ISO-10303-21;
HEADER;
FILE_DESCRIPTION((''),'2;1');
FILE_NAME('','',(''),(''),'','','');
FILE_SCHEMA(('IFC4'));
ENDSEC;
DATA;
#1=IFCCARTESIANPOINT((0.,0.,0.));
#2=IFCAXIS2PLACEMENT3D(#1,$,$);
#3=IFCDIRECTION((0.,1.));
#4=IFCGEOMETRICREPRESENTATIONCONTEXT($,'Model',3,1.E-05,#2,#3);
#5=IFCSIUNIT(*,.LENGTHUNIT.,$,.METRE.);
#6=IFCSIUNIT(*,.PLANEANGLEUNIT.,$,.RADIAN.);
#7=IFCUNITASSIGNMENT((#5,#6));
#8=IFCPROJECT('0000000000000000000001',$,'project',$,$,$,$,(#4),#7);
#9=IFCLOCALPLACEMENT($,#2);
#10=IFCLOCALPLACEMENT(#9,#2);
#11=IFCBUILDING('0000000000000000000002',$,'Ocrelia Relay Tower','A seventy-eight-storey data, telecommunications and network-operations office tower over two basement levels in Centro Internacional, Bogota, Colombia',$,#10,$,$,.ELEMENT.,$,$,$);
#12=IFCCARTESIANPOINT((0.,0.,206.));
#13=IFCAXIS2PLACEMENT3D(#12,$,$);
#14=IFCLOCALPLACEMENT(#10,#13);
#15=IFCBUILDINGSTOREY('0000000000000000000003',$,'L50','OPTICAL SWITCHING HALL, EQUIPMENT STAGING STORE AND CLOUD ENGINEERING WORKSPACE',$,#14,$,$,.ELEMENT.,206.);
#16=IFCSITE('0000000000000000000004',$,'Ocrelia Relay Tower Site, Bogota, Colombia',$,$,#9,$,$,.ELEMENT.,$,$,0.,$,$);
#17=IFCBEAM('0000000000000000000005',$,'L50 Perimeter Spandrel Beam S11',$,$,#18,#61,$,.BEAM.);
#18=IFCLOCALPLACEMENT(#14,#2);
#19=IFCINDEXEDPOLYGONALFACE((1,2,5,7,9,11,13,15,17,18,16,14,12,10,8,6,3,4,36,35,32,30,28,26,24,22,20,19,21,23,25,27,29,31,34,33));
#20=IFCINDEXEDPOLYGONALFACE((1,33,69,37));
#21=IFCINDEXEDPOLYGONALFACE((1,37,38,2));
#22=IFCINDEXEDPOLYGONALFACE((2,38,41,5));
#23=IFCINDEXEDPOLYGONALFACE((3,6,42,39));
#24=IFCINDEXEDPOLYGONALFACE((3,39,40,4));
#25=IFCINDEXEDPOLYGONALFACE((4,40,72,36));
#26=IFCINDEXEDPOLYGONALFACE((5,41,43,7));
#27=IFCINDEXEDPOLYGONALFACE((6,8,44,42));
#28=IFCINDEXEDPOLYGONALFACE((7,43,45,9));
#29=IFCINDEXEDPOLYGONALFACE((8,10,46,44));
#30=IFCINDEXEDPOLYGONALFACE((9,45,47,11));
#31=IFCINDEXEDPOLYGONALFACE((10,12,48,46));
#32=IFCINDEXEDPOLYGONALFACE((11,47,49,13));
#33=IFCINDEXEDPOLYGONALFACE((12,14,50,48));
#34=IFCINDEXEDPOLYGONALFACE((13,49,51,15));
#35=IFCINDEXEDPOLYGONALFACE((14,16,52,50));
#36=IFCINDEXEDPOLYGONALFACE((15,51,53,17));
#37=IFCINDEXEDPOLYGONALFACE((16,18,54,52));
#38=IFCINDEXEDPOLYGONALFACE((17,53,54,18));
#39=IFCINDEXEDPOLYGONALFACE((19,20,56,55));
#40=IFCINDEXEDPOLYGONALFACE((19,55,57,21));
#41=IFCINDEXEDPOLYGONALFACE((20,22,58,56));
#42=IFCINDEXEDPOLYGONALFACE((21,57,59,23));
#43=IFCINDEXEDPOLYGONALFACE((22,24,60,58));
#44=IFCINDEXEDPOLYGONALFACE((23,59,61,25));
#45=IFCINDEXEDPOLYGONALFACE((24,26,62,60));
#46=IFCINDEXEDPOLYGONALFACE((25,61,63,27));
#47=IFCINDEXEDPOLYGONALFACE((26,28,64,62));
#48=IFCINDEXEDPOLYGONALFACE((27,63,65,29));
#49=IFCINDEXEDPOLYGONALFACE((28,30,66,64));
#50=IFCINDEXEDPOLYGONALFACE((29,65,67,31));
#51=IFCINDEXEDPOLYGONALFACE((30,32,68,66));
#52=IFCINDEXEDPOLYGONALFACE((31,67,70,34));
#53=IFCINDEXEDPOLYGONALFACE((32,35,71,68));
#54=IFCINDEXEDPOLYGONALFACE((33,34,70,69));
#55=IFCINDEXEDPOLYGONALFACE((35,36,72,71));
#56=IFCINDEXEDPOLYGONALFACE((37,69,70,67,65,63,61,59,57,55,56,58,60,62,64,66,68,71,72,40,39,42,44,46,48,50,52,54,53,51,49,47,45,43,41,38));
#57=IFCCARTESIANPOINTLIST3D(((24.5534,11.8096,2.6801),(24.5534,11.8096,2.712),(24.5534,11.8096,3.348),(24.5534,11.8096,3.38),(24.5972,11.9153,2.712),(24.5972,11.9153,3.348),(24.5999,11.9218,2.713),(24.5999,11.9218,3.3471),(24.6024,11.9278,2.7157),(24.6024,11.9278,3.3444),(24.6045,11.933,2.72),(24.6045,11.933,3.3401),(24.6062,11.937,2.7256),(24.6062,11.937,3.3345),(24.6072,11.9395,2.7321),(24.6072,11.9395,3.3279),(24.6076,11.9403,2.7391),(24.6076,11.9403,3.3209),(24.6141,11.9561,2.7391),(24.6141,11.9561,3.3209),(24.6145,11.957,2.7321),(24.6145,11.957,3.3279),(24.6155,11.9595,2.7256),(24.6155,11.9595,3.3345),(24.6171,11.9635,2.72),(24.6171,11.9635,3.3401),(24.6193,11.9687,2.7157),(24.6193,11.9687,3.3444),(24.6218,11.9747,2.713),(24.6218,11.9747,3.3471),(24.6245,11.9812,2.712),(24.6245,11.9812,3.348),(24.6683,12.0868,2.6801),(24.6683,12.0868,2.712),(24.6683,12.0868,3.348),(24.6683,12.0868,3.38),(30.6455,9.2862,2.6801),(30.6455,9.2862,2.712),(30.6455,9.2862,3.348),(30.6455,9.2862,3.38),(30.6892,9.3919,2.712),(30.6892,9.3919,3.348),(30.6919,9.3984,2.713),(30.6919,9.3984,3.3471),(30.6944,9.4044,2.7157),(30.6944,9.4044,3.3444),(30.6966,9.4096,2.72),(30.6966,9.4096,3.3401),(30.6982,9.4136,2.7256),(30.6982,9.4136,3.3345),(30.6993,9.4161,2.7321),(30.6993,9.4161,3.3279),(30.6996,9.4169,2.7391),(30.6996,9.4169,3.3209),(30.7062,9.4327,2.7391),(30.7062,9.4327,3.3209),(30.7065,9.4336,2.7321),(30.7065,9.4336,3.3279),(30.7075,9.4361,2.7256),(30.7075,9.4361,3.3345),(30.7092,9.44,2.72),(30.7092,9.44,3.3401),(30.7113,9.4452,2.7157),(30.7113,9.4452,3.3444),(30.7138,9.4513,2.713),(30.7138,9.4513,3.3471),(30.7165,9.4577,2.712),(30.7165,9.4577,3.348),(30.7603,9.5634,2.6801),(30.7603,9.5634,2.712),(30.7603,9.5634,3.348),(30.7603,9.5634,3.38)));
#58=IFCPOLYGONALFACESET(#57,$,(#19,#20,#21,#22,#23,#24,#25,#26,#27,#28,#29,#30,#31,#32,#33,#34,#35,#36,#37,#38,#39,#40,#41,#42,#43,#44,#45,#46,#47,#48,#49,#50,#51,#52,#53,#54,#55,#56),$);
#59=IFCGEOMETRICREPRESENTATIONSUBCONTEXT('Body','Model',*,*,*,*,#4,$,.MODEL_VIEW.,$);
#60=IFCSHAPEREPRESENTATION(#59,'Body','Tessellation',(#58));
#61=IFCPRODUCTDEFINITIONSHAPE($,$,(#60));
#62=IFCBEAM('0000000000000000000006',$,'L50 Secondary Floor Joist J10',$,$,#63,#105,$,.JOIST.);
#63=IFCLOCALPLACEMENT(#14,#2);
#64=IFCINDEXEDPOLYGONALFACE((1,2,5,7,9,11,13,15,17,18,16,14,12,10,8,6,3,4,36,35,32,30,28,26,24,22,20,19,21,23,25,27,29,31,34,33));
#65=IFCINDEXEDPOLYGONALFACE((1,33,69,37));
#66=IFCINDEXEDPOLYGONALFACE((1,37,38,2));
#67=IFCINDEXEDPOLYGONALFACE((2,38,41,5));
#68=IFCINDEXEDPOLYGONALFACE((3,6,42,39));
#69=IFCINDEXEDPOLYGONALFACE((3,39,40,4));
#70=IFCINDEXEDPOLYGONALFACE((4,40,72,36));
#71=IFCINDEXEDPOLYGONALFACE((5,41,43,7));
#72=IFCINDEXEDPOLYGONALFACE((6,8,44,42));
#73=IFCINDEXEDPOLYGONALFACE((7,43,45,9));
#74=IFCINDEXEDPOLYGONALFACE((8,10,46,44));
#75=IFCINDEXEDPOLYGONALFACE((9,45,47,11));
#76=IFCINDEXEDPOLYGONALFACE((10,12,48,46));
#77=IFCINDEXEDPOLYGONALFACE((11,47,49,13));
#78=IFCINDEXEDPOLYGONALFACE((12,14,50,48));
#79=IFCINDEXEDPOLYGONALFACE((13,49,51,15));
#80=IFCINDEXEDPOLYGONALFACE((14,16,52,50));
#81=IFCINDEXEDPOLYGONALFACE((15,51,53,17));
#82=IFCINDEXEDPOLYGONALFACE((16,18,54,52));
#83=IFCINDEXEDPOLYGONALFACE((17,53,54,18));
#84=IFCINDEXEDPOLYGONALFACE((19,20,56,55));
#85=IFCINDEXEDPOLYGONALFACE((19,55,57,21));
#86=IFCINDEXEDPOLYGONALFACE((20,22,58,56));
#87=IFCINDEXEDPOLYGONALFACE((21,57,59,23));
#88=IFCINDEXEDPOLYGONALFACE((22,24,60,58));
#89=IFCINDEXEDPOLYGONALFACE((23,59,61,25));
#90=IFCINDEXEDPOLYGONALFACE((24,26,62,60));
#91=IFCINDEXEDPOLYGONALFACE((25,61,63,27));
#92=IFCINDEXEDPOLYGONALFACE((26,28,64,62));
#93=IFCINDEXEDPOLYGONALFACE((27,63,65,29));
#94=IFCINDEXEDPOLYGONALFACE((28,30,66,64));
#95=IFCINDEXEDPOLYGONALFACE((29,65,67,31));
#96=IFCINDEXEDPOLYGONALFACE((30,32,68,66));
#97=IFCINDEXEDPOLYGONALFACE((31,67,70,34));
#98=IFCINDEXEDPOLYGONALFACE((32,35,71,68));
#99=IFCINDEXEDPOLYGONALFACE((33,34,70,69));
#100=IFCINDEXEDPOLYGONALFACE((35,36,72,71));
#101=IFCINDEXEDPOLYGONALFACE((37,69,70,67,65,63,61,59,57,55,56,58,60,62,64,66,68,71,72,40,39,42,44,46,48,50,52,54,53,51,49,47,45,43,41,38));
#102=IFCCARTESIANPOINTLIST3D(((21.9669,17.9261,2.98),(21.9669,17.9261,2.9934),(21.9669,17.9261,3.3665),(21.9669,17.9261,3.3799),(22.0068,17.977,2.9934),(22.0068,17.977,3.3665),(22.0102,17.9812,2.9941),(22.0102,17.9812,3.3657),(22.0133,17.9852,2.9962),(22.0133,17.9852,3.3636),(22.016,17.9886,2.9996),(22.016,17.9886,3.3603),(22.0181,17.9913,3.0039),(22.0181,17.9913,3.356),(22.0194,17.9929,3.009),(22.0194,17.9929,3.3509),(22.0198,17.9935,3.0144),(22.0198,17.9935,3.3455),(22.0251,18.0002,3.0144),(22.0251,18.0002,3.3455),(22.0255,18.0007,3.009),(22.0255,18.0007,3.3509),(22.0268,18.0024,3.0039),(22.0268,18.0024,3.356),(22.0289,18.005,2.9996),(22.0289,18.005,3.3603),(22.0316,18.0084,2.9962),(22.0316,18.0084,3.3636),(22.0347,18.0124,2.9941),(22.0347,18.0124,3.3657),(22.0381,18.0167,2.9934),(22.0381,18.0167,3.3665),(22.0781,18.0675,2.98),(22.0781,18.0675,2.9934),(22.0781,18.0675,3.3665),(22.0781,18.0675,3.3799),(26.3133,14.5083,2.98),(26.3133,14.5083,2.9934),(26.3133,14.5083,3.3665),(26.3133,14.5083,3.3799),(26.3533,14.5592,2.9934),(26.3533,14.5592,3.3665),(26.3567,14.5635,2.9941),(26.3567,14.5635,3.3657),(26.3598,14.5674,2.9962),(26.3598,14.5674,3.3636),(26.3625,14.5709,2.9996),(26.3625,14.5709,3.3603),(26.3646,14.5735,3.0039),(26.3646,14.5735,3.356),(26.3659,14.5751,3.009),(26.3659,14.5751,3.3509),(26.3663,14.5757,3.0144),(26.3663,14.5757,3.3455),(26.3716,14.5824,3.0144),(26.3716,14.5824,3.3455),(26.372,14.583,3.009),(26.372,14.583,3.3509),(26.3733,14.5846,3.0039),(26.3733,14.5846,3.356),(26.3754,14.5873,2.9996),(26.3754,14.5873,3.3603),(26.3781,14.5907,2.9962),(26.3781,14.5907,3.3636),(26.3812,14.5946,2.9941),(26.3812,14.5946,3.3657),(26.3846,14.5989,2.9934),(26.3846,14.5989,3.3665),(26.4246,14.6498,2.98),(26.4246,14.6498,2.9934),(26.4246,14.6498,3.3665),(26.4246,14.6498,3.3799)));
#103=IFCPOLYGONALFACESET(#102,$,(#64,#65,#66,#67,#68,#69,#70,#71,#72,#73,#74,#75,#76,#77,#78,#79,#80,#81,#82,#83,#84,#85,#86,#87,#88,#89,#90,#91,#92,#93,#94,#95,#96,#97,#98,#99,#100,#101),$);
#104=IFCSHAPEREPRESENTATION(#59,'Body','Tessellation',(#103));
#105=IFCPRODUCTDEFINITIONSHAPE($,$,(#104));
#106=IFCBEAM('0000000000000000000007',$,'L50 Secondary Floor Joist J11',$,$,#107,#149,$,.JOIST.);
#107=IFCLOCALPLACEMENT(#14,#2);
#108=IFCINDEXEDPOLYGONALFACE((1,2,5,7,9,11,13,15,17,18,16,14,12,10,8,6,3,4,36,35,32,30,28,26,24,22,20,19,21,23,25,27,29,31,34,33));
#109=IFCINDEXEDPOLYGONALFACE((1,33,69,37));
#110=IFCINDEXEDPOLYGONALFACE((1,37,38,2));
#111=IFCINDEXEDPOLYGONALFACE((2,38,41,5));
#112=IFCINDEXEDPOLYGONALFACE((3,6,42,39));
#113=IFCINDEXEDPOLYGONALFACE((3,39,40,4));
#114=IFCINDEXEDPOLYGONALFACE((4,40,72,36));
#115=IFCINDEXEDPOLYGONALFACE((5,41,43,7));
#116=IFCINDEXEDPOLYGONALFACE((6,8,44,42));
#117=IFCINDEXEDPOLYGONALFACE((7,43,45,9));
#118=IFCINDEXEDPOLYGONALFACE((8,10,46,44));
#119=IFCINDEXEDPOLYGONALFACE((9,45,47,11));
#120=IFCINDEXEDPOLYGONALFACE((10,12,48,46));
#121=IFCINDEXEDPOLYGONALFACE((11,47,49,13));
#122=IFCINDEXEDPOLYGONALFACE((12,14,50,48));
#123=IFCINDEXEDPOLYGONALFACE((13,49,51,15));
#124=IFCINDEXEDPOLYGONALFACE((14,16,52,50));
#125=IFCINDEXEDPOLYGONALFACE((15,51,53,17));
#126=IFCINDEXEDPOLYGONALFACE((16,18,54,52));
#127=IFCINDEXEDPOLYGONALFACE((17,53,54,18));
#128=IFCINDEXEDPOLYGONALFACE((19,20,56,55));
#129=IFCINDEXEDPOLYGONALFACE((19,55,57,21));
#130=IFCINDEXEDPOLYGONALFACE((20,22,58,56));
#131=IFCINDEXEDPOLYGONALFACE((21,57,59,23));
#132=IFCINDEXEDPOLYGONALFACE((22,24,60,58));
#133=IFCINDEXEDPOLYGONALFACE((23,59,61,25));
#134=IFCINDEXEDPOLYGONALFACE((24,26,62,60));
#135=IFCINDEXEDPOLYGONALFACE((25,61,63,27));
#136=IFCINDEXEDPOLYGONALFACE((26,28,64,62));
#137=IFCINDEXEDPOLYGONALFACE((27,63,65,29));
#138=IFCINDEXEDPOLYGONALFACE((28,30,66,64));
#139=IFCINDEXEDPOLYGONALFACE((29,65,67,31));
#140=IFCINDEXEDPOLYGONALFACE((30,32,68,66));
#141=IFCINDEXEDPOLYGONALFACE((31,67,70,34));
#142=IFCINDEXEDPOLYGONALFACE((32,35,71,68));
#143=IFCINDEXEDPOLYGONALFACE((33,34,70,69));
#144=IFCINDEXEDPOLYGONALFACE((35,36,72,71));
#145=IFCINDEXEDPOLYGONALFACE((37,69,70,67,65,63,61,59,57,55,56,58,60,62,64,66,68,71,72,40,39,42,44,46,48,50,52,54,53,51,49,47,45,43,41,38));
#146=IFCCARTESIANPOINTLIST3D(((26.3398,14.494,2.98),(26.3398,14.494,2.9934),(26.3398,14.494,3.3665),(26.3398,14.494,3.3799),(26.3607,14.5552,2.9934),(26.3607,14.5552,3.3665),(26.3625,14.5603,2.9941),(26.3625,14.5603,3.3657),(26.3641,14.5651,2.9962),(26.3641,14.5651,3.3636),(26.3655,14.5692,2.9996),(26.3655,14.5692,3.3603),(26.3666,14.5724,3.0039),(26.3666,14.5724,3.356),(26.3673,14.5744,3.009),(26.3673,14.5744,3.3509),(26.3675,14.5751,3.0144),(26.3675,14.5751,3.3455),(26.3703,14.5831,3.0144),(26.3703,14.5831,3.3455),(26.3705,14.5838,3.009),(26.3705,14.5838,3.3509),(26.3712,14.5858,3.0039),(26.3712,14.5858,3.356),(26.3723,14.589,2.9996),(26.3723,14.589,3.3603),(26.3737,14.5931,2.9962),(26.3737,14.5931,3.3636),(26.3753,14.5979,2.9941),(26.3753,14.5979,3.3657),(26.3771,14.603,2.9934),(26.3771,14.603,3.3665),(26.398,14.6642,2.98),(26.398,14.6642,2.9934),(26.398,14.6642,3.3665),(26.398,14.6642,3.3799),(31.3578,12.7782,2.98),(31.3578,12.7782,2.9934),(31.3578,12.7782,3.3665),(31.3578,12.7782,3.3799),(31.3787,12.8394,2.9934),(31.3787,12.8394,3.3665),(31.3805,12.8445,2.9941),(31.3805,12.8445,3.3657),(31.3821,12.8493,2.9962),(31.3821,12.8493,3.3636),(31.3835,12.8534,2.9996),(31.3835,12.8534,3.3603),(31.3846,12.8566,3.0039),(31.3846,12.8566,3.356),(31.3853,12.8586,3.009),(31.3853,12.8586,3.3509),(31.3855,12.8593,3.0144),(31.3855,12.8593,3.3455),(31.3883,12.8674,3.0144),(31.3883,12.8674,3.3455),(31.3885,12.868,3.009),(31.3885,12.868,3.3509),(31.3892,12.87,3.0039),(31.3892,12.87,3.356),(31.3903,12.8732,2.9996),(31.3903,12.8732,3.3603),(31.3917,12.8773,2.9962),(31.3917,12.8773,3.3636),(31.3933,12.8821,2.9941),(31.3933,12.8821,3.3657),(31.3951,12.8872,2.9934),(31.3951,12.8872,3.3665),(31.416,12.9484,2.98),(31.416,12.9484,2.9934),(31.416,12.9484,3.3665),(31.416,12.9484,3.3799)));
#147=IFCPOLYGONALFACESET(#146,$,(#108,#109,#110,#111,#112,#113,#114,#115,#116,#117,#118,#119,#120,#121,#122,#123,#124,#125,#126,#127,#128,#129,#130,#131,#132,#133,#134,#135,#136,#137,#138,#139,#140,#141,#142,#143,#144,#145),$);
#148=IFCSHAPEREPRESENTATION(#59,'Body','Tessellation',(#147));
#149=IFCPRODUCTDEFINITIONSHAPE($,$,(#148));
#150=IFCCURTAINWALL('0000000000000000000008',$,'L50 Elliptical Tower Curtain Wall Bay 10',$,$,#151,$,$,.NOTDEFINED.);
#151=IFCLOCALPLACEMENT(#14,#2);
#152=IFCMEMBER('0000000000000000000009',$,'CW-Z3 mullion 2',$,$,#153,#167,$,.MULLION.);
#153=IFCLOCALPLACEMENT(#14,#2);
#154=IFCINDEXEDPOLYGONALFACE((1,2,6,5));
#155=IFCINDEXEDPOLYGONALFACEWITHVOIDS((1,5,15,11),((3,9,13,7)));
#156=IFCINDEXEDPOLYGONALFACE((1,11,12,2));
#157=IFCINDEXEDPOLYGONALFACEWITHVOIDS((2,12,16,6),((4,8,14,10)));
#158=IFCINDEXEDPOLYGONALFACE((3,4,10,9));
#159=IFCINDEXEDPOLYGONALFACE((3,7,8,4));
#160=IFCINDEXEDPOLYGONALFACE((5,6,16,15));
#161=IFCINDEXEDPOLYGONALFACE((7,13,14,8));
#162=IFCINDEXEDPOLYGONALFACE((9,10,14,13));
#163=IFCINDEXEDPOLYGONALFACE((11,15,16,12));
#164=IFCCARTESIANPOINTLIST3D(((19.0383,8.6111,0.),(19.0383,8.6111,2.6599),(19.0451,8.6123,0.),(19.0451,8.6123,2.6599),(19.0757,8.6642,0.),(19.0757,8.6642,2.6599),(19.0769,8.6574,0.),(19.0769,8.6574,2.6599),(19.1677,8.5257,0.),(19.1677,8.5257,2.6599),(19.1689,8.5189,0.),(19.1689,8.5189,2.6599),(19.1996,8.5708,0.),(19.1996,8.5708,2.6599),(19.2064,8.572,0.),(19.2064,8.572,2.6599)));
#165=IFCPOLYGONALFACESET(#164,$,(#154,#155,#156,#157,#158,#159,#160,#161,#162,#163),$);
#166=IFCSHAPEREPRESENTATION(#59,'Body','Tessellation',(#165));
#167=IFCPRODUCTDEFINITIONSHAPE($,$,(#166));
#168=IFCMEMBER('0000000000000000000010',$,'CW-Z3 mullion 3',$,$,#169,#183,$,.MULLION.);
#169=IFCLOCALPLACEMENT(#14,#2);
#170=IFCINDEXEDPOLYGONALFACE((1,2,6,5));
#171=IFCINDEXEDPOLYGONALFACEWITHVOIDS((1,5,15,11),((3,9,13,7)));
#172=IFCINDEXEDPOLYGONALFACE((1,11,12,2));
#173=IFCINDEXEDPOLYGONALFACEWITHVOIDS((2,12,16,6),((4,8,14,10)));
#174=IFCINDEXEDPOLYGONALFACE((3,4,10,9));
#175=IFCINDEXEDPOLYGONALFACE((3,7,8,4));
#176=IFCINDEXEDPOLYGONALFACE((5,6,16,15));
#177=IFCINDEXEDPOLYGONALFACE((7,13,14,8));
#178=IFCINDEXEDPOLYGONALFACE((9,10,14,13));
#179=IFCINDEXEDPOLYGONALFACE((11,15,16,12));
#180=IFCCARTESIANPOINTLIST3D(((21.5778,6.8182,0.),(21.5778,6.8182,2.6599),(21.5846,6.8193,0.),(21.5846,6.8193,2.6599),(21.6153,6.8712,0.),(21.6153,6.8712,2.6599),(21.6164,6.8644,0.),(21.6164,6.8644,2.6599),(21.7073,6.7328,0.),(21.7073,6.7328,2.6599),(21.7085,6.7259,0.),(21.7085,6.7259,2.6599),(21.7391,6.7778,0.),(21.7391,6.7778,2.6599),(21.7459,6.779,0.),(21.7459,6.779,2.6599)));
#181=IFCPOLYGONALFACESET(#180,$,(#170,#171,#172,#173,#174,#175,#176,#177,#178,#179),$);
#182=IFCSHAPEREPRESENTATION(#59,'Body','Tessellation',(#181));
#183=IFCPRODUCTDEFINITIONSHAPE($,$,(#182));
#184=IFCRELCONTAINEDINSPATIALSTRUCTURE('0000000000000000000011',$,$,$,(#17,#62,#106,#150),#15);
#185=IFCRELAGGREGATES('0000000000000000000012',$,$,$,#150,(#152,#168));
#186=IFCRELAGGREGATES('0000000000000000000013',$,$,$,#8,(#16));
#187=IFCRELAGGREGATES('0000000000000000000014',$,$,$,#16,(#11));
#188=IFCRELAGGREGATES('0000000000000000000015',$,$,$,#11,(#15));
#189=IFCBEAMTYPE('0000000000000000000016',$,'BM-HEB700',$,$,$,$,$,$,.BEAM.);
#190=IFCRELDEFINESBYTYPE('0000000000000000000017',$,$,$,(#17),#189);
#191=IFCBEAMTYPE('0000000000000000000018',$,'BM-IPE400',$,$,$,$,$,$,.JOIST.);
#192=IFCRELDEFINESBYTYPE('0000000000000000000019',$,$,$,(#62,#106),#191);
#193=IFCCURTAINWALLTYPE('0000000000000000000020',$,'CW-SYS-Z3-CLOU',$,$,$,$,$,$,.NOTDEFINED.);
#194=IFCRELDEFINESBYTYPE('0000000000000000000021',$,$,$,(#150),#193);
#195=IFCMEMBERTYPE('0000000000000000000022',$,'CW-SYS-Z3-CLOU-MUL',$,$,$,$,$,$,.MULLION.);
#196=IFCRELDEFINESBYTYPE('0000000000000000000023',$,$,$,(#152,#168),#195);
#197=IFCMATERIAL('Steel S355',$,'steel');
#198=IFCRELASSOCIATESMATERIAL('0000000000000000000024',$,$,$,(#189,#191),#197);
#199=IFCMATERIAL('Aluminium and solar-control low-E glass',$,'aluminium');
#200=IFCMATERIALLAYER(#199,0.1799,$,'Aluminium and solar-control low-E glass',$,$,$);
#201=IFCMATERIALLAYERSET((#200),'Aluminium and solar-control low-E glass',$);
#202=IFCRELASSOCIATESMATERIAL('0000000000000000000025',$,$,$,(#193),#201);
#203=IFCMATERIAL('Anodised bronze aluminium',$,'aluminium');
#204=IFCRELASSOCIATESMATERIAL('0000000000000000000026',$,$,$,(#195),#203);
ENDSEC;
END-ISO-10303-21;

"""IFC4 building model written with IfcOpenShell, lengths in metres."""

from ifc_helpers import new_model, si_unit, direction, frame, origin, origin_2d, place, context, subcontext, project, spatial, hollow_rectangle, i_section, extrude, material, layer, layer_set, material_profile, profile_set, type_object, element, aggregate, save


model = new_model("IFC4")

# Units and contexts
model_context = context("Model", 3, precision=1e-05, world=origin(), true_north=direction((0.0, 1.0)))
body_context = subcontext(model_context, "Body", "Model", "MODEL_VIEW")
ifc_project = project(units=[si_unit("LENGTHUNIT", "METRE"), si_unit("PLANEANGLEUNIT", "RADIAN")], contexts=[model_context])

# Site, building, storey
site_placement = place(None, origin())
site = spatial("IfcSite", under=ifc_project, at=site_placement, Name="Ocrelia Relay Tower Site, Bogota, Colombia", CompositionType="ELEMENT", RefElevation=0.0)
building_placement = place(site_placement, origin())
building = spatial("IfcBuilding", under=site, at=building_placement, Name="Ocrelia Relay Tower", Description="A seventy-eight-storey data, telecommunications and network-operations office tower over two basement levels in Centro Internacional, Bogota, Colombia", CompositionType="ELEMENT")
storey_placement = place(building_placement, frame((0.0, 0.0, 206.0)))
storey = spatial("IfcBuildingStorey", under=building, at=storey_placement, Name="L50", Description="OPTICAL SWITCHING HALL, EQUIPMENT STAGING STORE AND CLOUD ENGINEERING WORKSPACE", CompositionType="ELEMENT", Elevation=206.0)

# Beams
ifc_material_1 = material(Name="Steel S355", Category="steel")
ifc_material_profile_1 = material_profile(ifc_material_1, i_section(OverallWidth=0.3, OverallDepth=0.7, WebThickness=0.0171, FlangeThickness=0.032, FilletRadius=0.0271, at=origin_2d()), Name="HEB 700")
ifc_profile_set_1 = profile_set([ifc_material_profile_1], Name="Steel S355")
beam_type_1 = type_object("IfcBeamType", Name="BM-HEB700", PredefinedType="BEAM", material=ifc_profile_set_1)
for number, where, z_axis, x_axis, name in (
    (1, (24.6108, 11.9482, 3.03), (0.923878, -0.382688, 0.0), (0.382688, 0.923878, 0.0), "L50 Perimeter Spandrel Beam S11"),
):
    element("IfcBeam", number, at=place(storey_placement, frame(where, z_axis=z_axis, x_axis=x_axis)), inside=storey, type_object=beam_type_1, Name=name, PredefinedType="BEAM", context=body_context, shape_type="SweptSolid", body=[
        extrude(i_section(OverallWidth=0.3, OverallDepth=0.7, WebThickness=0.0171, FlangeThickness=0.032, FilletRadius=0.0271, at=origin_2d()), origin(), (0.0, 0.0, 1.0), 6.594),
    ])
ifc_material_profile_2 = material_profile(ifc_material_1, i_section(OverallWidth=0.1799, OverallDepth=0.3999, WebThickness=0.0085, FlangeThickness=0.0134, FilletRadius=0.021, at=origin_2d()), Name="IPE 400")
ifc_profile_set_2 = profile_set([ifc_material_profile_2], Name="Steel S355")
beam_type_2 = type_object("IfcBeamType", Name="BM-IPE400", PredefinedType="JOIST", material=ifc_profile_set_2)
beam_1_placement = place(storey_placement, frame((22.0225, 17.9968, 3.1799), z_axis=(0.786084, -0.61812, 0.0), x_axis=(0.61812, 0.786084, 0.0)))
element("IfcBeam", 2, at=beam_1_placement, inside=storey, type_object=beam_type_2, Name="L50 Secondary Floor Joist J10", PredefinedType="JOIST", context=body_context, shape_type="SweptSolid", body=[
    extrude(i_section(OverallWidth=0.1799, OverallDepth=0.3999, WebThickness=0.0085, FlangeThickness=0.0134, FilletRadius=0.021, at=origin_2d()), origin(), (0.0, 0.0, 1.0), 5.5293),
])
beam_2_placement = place(storey_placement, frame((26.3689, 14.5791, 3.1799), z_axis=(0.946215, -0.323538, 0.0), x_axis=(0.323538, 0.946215, 0.0)))
element("IfcBeam", 3, at=beam_2_placement, inside=storey, type_object=beam_type_2, Name="L50 Secondary Floor Joist J11", PredefinedType="JOIST", context=body_context, shape_type="SweptSolid", body=[
    extrude(i_section(OverallWidth=0.1799, OverallDepth=0.3999, WebThickness=0.0085, FlangeThickness=0.0134, FilletRadius=0.021, at=origin_2d()), origin(), (0.0, 0.0, 1.0), 5.3032),
])

# Curtain wall, members
ifc_material_2 = material(Name="Aluminium and solar-control low-E glass", Category="aluminium")
ifc_layer_1 = layer(ifc_material_2, 0.1799, Name="Aluminium and solar-control low-E glass")
ifc_layer_set_1 = layer_set([ifc_layer_1], Name="Aluminium and solar-control low-E glass")
curtain_wall_type = type_object("IfcCurtainWallType", Name="CW-SYS-Z3-CLOU", PredefinedType="NOTDEFINED", material=ifc_layer_set_1)
curtain_wall_placement = place(storey_placement, origin())
curtain_wall = element("IfcCurtainWall", 4, at=curtain_wall_placement, inside=storey, type_object=curtain_wall_type, Name="L50 Elliptical Tower Curtain Wall Bay 10", PredefinedType="NOTDEFINED")
ifc_material_3 = material(Name="Anodised bronze aluminium", Category="aluminium")
ifc_material_profile_3 = material_profile(ifc_material_3, hollow_rectangle(XDim=0.0649, YDim=0.1599, WallThickness=0.0049, at=origin_2d()), Name="CW-MUL-160x65")
ifc_profile_set_3 = profile_set([ifc_material_profile_3], Name="Anodised bronze aluminium")
member_type_1 = type_object("IfcMemberType", Name="CW-SYS-Z3-CLOU-MUL", PredefinedType="MULLION", material=ifc_profile_set_3)
member_1_placement = place(storey_placement, frame((19.1223, 8.5916, 0.0), z_axis=(0.0, 0.0, 1.0), x_axis=(0.576714, 0.816946, 0.0)))
member_1 = element("IfcMember", 5, at=member_1_placement, type_object=member_type_1, Name="CW-Z3 mullion 2", PredefinedType="MULLION", context=body_context, shape_type="SweptSolid", body=[
    extrude(hollow_rectangle(XDim=0.0649, YDim=0.1599, WallThickness=0.0049, at=origin_2d()), origin(), (0.0, 0.0, 1.0), 2.6599),
])
member_2_placement = place(storey_placement, frame((21.6619, 6.7986, 0.0), z_axis=(0.0, 0.0, 1.0), x_axis=(0.576714, 0.816946, 0.0)))
member_2 = element("IfcMember", 6, at=member_2_placement, type_object=member_type_1, Name="CW-Z3 mullion 3", PredefinedType="MULLION", context=body_context, shape_type="SweptSolid", body=[
    extrude(hollow_rectangle(XDim=0.0649, YDim=0.1599, WallThickness=0.0049, at=origin_2d()), origin(), (0.0, 0.0, 1.0), 2.6599),
])
aggregate(curtain_wall, [member_1, member_2])

save(model, "model.ifc")
